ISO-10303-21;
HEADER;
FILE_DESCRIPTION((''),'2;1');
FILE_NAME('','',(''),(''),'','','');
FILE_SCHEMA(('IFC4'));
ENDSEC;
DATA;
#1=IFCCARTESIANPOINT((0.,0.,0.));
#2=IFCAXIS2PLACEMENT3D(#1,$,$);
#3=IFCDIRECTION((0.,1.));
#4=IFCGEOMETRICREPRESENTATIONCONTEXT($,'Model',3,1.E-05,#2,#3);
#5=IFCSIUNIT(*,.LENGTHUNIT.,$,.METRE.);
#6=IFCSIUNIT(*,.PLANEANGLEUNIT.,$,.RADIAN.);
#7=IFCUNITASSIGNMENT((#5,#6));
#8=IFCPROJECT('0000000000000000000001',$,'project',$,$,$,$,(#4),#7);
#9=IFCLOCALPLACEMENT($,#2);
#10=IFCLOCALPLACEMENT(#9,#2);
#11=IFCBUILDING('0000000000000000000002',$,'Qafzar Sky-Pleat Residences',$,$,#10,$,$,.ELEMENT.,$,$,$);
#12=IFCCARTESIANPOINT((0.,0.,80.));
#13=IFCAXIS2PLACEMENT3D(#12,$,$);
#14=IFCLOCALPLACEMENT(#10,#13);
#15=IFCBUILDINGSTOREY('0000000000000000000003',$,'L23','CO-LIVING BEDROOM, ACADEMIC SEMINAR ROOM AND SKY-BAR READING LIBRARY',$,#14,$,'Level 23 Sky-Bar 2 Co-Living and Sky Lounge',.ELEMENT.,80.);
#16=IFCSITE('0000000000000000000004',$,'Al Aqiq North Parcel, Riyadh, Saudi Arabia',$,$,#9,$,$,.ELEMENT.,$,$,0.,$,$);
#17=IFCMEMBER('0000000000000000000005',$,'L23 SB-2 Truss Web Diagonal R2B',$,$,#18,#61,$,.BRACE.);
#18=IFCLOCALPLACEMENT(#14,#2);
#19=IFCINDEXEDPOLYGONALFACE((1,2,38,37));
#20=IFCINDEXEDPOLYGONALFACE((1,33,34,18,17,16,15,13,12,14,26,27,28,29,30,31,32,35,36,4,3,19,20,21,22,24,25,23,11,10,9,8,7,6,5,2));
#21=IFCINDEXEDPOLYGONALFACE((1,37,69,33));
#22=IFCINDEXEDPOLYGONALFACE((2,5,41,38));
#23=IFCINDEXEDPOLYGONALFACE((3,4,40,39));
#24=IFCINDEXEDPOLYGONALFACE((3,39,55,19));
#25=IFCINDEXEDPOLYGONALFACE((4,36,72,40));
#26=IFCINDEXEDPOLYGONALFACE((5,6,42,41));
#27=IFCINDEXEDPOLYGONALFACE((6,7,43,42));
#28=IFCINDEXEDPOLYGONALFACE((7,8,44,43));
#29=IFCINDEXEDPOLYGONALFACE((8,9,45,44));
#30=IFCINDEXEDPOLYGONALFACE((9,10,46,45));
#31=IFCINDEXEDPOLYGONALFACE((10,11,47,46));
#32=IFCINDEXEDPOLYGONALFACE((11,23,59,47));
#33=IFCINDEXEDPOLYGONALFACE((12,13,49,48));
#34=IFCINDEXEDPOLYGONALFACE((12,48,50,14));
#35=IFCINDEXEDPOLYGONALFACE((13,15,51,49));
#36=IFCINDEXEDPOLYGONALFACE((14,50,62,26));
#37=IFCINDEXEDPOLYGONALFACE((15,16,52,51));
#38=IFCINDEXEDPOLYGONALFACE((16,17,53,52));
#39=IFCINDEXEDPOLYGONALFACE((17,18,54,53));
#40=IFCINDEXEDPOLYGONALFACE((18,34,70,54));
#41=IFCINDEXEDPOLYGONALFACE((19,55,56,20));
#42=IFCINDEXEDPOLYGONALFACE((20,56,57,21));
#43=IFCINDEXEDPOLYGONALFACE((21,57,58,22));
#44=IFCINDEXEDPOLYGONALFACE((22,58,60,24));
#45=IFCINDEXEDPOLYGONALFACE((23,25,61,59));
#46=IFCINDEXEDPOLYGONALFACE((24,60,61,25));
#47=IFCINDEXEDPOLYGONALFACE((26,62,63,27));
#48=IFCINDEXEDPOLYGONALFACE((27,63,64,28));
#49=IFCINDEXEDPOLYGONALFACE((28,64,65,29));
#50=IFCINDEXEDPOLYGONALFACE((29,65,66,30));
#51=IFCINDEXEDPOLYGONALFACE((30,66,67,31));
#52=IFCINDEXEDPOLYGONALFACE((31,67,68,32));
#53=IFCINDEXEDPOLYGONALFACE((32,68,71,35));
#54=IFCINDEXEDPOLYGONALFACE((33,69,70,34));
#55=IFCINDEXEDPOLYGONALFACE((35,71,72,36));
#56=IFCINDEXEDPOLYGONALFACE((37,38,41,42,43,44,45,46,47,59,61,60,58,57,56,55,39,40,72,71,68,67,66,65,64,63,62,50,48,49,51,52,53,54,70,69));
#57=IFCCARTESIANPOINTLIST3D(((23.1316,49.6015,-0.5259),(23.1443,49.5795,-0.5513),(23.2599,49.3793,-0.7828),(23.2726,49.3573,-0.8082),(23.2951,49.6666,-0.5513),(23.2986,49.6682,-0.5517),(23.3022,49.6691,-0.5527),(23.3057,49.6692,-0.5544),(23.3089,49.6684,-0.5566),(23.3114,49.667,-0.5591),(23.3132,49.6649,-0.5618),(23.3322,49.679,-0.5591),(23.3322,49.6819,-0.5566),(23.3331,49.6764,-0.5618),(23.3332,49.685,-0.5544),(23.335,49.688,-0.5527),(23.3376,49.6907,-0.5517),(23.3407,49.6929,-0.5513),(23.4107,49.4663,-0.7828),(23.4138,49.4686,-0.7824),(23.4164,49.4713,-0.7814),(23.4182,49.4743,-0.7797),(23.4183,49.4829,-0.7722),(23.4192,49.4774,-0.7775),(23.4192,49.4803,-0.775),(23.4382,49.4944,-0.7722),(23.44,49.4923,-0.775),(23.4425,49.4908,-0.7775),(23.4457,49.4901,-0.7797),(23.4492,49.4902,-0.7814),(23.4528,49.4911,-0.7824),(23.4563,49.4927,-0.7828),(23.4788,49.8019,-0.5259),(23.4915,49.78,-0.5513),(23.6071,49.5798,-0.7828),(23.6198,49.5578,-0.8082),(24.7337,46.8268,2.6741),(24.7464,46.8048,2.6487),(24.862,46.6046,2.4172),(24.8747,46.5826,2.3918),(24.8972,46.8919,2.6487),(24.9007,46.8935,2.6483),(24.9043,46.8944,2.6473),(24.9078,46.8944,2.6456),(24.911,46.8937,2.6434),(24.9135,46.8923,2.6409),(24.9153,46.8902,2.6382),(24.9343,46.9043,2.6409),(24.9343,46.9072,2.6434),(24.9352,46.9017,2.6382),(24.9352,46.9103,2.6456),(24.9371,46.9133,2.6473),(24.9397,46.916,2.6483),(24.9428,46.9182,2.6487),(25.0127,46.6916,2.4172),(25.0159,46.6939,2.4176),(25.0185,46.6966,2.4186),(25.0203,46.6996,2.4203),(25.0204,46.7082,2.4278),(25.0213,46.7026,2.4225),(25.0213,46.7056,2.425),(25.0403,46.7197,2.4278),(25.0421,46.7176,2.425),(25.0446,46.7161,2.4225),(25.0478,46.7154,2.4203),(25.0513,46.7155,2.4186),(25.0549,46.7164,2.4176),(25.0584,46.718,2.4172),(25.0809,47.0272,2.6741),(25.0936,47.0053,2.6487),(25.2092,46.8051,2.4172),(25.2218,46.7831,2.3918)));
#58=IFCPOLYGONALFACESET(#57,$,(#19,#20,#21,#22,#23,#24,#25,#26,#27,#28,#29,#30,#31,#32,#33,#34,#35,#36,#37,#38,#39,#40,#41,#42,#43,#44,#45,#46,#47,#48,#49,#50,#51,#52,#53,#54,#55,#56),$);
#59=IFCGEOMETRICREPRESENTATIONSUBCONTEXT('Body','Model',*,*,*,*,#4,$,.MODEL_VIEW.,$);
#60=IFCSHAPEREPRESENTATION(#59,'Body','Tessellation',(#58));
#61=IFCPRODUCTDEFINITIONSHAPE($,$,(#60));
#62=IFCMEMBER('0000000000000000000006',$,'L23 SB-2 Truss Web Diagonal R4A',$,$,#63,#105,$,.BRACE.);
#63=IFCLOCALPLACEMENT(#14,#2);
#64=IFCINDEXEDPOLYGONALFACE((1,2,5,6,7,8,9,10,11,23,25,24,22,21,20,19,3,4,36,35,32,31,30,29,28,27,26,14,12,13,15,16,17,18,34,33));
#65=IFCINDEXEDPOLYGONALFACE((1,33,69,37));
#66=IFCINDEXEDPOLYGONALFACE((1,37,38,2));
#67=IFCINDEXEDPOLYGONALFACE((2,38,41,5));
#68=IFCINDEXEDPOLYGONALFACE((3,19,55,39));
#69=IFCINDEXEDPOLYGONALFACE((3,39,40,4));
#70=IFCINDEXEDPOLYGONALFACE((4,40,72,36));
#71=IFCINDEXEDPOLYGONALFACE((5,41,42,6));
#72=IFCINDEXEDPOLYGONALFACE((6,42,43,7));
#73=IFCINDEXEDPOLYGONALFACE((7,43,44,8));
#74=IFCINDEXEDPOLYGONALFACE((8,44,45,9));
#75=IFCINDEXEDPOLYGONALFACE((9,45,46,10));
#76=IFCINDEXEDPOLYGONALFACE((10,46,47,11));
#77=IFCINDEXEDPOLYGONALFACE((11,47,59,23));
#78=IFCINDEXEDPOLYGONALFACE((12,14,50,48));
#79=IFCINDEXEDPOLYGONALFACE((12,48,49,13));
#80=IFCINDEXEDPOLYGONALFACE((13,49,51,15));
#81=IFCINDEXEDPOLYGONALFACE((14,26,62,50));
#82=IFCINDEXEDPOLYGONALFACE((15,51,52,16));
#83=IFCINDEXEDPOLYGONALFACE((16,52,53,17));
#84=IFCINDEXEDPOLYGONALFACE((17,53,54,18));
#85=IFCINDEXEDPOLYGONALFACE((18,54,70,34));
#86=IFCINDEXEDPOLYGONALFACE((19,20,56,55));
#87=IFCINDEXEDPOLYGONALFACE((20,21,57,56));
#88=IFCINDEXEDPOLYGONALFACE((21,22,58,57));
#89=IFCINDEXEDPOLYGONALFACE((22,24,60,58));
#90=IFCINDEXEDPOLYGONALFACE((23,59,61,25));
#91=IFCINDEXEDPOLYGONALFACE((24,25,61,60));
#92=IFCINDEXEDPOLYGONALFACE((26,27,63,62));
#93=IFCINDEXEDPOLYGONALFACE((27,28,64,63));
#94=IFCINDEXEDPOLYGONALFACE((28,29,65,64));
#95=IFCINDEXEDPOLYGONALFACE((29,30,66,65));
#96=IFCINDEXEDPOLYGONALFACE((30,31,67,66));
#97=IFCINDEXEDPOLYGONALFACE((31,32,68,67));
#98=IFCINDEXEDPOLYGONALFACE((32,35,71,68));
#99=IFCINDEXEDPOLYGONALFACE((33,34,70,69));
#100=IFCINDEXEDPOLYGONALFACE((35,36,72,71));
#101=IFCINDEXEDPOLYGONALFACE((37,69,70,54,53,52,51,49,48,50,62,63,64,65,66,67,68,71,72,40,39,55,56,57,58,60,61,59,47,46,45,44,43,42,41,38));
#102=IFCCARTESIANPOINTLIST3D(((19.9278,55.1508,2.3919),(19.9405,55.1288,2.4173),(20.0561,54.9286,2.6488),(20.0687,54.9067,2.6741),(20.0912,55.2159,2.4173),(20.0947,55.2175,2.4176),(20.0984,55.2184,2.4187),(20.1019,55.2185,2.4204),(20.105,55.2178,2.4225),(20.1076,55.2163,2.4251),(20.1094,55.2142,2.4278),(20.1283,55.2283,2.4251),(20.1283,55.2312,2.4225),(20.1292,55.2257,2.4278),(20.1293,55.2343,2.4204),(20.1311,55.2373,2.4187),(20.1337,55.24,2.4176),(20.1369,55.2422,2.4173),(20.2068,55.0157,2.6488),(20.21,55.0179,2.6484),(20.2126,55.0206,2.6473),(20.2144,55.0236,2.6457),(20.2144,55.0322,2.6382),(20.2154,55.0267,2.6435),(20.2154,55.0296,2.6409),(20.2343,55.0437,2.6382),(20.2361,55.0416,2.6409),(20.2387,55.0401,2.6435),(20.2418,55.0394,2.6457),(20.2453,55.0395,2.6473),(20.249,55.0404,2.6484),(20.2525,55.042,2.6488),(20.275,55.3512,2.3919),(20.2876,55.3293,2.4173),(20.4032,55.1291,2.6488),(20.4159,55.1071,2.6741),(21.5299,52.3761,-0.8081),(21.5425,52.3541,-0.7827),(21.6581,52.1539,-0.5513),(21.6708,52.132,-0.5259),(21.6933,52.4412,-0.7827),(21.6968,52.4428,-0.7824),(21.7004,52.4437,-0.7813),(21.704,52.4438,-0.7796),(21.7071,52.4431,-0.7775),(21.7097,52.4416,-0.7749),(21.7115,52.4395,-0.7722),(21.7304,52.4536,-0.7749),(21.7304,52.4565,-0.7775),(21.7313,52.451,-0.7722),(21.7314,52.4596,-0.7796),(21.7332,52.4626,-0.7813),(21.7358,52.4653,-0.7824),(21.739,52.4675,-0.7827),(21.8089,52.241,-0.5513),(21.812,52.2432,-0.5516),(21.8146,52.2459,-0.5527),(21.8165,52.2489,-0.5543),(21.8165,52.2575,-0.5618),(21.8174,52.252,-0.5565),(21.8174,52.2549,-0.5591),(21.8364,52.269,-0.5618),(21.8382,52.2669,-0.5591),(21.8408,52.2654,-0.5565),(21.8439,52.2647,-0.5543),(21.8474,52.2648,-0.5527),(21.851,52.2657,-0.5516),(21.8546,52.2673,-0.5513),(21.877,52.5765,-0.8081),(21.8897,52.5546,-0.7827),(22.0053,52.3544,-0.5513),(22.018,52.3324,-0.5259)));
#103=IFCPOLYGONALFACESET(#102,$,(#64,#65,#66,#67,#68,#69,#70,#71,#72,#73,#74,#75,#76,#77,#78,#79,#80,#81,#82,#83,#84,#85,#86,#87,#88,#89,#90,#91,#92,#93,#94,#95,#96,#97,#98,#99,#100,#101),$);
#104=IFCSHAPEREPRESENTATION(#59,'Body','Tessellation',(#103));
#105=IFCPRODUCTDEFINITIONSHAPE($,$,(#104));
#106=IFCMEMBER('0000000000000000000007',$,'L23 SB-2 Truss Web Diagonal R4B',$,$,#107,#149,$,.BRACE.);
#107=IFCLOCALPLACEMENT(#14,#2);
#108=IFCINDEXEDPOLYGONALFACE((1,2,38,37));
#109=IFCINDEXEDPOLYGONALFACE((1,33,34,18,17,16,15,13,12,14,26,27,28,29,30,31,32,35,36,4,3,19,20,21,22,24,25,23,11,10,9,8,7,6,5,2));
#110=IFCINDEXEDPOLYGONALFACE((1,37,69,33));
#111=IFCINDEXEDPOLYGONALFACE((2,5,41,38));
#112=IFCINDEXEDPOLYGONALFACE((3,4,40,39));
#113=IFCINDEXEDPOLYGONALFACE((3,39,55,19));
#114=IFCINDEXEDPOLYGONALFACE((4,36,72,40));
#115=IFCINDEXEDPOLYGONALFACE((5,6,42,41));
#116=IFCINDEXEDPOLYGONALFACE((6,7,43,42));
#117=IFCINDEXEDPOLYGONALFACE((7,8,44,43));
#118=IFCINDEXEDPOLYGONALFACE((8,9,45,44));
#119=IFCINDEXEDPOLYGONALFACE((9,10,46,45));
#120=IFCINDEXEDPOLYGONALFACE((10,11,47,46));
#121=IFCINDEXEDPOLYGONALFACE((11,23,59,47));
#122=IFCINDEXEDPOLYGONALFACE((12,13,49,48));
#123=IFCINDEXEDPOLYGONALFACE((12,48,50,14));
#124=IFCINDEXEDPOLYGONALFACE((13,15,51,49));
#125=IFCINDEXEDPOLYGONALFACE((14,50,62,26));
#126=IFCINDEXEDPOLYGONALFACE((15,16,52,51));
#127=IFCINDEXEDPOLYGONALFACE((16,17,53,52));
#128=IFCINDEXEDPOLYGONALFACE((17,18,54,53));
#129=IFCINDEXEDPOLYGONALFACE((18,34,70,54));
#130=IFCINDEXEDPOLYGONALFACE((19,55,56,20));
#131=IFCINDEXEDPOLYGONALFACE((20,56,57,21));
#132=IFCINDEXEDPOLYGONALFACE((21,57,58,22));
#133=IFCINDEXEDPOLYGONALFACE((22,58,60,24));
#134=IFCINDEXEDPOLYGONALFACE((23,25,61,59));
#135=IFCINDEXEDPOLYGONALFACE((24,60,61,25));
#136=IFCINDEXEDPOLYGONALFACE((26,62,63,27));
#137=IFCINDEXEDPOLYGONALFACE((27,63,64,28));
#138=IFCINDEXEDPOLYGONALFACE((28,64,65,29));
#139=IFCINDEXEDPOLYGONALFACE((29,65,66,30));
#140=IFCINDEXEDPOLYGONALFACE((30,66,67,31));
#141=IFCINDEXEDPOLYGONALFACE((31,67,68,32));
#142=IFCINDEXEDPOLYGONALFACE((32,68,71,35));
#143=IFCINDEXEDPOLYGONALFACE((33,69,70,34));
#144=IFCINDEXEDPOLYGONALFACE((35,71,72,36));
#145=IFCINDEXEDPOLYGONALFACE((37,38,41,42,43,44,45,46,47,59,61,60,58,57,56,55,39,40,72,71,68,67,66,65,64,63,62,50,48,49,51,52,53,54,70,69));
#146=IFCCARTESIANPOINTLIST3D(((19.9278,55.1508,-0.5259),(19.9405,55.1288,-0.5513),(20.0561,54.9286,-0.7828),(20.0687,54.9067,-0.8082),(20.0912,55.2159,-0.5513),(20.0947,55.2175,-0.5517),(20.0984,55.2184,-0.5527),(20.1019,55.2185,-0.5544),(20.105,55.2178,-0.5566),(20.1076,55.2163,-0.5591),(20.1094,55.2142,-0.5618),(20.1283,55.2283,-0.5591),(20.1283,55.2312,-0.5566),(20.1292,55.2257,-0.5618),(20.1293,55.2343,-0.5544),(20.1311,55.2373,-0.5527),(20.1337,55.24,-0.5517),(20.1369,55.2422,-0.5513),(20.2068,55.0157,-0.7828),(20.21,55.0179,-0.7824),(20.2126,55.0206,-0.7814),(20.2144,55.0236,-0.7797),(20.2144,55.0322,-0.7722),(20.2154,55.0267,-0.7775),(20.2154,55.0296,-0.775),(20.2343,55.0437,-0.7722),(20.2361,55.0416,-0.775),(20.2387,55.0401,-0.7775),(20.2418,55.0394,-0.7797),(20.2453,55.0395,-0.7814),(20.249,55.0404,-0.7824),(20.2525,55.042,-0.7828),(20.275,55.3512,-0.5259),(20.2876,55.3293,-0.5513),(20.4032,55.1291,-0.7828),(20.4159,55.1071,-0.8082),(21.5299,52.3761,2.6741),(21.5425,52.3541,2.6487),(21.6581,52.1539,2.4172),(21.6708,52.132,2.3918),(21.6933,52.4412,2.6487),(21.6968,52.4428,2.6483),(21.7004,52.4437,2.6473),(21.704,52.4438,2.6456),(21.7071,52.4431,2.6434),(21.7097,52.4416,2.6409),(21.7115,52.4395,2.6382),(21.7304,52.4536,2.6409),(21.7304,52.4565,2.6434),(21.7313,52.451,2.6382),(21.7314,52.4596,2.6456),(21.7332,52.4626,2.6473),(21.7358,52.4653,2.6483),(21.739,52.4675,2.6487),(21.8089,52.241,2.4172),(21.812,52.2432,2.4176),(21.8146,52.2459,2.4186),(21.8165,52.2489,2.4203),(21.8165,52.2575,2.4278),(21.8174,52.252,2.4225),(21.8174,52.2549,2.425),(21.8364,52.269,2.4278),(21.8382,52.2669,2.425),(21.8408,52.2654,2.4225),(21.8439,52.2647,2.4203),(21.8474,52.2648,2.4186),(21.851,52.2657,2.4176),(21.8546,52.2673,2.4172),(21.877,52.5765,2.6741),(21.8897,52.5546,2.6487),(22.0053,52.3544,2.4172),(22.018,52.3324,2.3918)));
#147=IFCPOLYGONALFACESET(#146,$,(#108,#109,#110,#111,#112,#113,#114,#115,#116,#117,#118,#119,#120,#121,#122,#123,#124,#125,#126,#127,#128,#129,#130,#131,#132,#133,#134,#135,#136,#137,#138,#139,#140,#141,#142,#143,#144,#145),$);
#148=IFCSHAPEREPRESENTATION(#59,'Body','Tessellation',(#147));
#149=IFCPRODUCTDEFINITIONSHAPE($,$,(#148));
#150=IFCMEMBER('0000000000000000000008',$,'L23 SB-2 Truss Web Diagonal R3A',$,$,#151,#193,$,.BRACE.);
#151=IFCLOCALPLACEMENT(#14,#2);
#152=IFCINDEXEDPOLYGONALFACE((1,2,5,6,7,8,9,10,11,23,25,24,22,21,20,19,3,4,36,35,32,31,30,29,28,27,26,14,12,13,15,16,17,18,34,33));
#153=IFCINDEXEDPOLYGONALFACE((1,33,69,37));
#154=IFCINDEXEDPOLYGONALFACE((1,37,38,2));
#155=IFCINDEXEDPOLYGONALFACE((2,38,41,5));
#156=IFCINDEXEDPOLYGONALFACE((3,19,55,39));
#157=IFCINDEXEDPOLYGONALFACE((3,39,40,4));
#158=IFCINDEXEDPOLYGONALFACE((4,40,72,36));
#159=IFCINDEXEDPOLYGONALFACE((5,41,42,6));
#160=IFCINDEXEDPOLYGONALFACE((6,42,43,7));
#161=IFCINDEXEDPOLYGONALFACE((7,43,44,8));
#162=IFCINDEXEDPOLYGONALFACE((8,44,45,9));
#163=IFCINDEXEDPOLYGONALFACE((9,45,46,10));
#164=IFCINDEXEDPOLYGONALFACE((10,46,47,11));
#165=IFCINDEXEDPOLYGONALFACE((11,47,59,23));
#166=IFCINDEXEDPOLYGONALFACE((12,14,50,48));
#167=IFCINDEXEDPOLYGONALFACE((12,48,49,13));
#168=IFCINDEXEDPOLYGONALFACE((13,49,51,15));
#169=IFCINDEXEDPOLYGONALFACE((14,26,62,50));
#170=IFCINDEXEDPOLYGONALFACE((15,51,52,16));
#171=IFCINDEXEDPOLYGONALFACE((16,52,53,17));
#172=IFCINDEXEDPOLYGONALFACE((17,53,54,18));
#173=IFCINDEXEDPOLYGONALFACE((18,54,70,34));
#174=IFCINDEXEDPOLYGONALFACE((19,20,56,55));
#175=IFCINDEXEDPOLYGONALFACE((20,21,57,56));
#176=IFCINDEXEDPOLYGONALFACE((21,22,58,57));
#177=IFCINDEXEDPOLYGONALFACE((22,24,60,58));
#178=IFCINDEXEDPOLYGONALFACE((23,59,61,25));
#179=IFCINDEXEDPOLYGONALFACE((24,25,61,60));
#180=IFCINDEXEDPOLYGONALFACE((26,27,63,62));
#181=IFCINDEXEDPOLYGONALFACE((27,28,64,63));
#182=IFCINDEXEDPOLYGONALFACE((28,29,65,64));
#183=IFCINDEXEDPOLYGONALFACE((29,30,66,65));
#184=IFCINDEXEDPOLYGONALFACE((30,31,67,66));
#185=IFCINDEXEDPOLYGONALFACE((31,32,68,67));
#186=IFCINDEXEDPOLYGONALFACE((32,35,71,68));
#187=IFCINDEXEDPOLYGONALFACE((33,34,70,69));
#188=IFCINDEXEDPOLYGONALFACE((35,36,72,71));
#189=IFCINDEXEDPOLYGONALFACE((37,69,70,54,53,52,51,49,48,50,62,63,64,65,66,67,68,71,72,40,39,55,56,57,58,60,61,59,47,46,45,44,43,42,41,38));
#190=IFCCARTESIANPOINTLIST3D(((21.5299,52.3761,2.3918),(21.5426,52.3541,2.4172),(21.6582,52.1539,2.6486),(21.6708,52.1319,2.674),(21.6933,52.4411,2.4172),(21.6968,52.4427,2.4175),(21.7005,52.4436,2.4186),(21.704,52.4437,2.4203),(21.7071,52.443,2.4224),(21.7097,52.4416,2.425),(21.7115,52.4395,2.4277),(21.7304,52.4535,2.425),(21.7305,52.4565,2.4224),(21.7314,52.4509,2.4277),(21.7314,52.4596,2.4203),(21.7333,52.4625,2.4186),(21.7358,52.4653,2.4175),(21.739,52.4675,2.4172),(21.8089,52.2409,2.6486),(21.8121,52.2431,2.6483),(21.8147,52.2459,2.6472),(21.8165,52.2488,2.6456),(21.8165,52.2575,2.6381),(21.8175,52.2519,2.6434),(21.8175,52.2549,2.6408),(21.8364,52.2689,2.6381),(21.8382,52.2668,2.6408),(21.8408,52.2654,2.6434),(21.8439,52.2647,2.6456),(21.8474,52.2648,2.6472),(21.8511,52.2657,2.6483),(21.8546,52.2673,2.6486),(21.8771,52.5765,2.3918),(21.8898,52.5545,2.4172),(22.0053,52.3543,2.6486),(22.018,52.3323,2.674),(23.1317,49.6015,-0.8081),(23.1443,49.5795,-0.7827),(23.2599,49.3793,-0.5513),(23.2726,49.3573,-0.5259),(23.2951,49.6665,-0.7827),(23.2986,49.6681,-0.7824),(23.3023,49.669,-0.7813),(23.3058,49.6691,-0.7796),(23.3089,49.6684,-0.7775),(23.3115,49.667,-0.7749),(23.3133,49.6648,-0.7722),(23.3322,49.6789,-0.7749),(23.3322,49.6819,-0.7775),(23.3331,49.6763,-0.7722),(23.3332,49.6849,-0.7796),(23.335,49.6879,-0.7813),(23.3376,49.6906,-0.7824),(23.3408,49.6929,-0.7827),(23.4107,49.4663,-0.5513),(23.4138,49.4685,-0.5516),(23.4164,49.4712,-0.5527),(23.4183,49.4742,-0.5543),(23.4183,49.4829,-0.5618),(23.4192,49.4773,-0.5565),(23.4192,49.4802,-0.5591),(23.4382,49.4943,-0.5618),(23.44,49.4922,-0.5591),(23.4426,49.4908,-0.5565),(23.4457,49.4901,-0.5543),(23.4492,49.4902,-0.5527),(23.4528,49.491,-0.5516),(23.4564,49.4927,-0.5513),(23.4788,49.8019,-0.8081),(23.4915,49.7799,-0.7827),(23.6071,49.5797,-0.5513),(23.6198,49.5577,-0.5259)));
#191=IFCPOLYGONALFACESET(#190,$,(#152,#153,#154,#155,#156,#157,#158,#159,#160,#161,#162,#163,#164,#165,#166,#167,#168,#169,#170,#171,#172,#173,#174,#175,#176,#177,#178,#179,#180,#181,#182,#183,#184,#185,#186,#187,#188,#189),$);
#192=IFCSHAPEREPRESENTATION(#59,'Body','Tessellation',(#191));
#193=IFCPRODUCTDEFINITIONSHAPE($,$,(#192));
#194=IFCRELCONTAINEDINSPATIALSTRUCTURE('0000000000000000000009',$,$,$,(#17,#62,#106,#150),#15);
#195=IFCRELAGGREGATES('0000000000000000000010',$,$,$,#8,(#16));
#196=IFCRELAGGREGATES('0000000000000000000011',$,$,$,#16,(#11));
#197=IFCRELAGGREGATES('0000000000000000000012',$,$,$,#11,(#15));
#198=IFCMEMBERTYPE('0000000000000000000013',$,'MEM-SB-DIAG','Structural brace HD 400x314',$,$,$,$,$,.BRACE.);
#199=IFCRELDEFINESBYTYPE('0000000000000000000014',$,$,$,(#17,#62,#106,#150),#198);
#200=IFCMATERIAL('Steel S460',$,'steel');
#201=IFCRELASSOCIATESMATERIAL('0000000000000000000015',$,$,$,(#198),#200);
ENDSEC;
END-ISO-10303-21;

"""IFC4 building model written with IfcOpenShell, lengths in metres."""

from ifc_helpers import new_model, si_unit, direction, frame, origin, origin_2d, place, context, subcontext, project, spatial, i_section, extrude, source, transform, mapped, material, material_profile, profile_set, type_object, element, save


model = new_model("IFC4")

# Units and contexts
model_context = context("Model", 3, precision=1e-05, world=origin(), true_north=direction((0.0, 1.0)))
body_context = subcontext(model_context, "Body", "Model", "MODEL_VIEW")
ifc_project = project(units=[si_unit("LENGTHUNIT", "METRE"), si_unit("PLANEANGLEUNIT", "RADIAN")], contexts=[model_context])

# Site, building, storey
site_placement = place(None, origin())
site = spatial("IfcSite", under=ifc_project, at=site_placement, Name="Al Aqiq North Parcel, Riyadh, Saudi Arabia", CompositionType="ELEMENT", RefElevation=0.0)
building_placement = place(site_placement, origin())
building = spatial("IfcBuilding", under=site, at=building_placement, Name="Qafzar Sky-Pleat Residences", CompositionType="ELEMENT")
storey_placement = place(building_placement, frame((0.0, 0.0, 80.0)))
storey = spatial("IfcBuildingStorey", under=building, at=storey_placement, Name="L23", Description="CO-LIVING BEDROOM, ACADEMIC SEMINAR ROOM AND SKY-BAR READING LIBRARY", LongName="Level 23 Sky-Bar 2 Co-Living and Sky Lounge", CompositionType="ELEMENT", Elevation=80.0)

# Shared definitions
ifc_material_1 = material(Name="Steel S460", Category="steel")

# Members
ifc_material_profile_1 = material_profile(ifc_material_1, i_section(OverallWidth=0.4009, OverallDepth=0.3989, WebThickness=0.0229, FlangeThickness=0.0359, FilletRadius=0.0149, at=origin_2d()), Name="HD 400x314")
ifc_profile_set_1 = profile_set([ifc_material_profile_1], Name="Steel S460")
member_type_1 = type_object("IfcMemberType", Name="MEM-SB-DIAG", Description="Structural brace HD 400x314", PredefinedType="BRACE", material=ifc_profile_set_1)
shared_shape_1 = source(origin(), body_context, "Body", "SweptSolid", [
    extrude(i_section(OverallWidth=0.4009, OverallDepth=0.3989, WebThickness=0.0229, FlangeThickness=0.0359, FilletRadius=0.0149, at=origin_2d()), origin(), (0.0, 0.0, 1.0), 4.5283),
])
for number, where, z_axis, x_axis, name in (
    (1, (24.9778, 46.8049, 2.533), (-0.353791, 0.612745, -0.706665), (-0.866012, -0.500024, 0.0), "L23 SB-2 Truss Web Diagonal R2B"),
    (2, (21.7739, 52.3542, -0.667), (-0.353791, 0.612745, 0.706665), (-0.866012, -0.500024, 0.0), "L23 SB-2 Truss Web Diagonal R4A"),
    (3, (21.7739, 52.3542, 2.533), (-0.353791, 0.612745, -0.706665), (-0.866012, -0.500024, 0.0), "L23 SB-2 Truss Web Diagonal R4B"),
):
    element("IfcMember", number, at=place(storey_placement, frame(where, z_axis=z_axis, x_axis=x_axis)), inside=storey, type_object=member_type_1, Name=name, PredefinedType="BRACE", context=body_context, shape_type="MappedRepresentation", body=[
        mapped(shared_shape_1, transform((0.0, 0.0, 0.0), x_axis=(1.0, 0.0, 0.0), y_axis=(0.0, 1.0, 0.0), z_axis=(0.0, 0.0, 1.0), scale=1.0)),
    ])
shared_shape_2 = source(origin(), body_context, "Body", "SweptSolid", [
    extrude(i_section(OverallWidth=0.4009, OverallDepth=0.3989, WebThickness=0.0229, FlangeThickness=0.0359, FilletRadius=0.0149, at=origin_2d()), origin(), (0.0, 0.0, 1.0), 4.5281),
])
for number, where, z_axis, x_axis, name in (
    (4, (23.3757, 49.5796, -0.667), (-0.353744, 0.612757, 0.706679), (-0.866045, -0.499967, 0.0), "L23 SB-2 Truss Web Diagonal R3A"),
):
    element("IfcMember", number, at=place(storey_placement, frame(where, z_axis=z_axis, x_axis=x_axis)), inside=storey, type_object=member_type_1, Name=name, PredefinedType="BRACE", context=body_context, shape_type="MappedRepresentation", body=[
        mapped(shared_shape_2, transform((0.0, 0.0, 0.0), x_axis=(1.0, 0.0, 0.0), y_axis=(0.0, 1.0, 0.0), z_axis=(0.0, 0.0, 1.0), scale=1.0)),
    ])

save(model, "model.ifc")
